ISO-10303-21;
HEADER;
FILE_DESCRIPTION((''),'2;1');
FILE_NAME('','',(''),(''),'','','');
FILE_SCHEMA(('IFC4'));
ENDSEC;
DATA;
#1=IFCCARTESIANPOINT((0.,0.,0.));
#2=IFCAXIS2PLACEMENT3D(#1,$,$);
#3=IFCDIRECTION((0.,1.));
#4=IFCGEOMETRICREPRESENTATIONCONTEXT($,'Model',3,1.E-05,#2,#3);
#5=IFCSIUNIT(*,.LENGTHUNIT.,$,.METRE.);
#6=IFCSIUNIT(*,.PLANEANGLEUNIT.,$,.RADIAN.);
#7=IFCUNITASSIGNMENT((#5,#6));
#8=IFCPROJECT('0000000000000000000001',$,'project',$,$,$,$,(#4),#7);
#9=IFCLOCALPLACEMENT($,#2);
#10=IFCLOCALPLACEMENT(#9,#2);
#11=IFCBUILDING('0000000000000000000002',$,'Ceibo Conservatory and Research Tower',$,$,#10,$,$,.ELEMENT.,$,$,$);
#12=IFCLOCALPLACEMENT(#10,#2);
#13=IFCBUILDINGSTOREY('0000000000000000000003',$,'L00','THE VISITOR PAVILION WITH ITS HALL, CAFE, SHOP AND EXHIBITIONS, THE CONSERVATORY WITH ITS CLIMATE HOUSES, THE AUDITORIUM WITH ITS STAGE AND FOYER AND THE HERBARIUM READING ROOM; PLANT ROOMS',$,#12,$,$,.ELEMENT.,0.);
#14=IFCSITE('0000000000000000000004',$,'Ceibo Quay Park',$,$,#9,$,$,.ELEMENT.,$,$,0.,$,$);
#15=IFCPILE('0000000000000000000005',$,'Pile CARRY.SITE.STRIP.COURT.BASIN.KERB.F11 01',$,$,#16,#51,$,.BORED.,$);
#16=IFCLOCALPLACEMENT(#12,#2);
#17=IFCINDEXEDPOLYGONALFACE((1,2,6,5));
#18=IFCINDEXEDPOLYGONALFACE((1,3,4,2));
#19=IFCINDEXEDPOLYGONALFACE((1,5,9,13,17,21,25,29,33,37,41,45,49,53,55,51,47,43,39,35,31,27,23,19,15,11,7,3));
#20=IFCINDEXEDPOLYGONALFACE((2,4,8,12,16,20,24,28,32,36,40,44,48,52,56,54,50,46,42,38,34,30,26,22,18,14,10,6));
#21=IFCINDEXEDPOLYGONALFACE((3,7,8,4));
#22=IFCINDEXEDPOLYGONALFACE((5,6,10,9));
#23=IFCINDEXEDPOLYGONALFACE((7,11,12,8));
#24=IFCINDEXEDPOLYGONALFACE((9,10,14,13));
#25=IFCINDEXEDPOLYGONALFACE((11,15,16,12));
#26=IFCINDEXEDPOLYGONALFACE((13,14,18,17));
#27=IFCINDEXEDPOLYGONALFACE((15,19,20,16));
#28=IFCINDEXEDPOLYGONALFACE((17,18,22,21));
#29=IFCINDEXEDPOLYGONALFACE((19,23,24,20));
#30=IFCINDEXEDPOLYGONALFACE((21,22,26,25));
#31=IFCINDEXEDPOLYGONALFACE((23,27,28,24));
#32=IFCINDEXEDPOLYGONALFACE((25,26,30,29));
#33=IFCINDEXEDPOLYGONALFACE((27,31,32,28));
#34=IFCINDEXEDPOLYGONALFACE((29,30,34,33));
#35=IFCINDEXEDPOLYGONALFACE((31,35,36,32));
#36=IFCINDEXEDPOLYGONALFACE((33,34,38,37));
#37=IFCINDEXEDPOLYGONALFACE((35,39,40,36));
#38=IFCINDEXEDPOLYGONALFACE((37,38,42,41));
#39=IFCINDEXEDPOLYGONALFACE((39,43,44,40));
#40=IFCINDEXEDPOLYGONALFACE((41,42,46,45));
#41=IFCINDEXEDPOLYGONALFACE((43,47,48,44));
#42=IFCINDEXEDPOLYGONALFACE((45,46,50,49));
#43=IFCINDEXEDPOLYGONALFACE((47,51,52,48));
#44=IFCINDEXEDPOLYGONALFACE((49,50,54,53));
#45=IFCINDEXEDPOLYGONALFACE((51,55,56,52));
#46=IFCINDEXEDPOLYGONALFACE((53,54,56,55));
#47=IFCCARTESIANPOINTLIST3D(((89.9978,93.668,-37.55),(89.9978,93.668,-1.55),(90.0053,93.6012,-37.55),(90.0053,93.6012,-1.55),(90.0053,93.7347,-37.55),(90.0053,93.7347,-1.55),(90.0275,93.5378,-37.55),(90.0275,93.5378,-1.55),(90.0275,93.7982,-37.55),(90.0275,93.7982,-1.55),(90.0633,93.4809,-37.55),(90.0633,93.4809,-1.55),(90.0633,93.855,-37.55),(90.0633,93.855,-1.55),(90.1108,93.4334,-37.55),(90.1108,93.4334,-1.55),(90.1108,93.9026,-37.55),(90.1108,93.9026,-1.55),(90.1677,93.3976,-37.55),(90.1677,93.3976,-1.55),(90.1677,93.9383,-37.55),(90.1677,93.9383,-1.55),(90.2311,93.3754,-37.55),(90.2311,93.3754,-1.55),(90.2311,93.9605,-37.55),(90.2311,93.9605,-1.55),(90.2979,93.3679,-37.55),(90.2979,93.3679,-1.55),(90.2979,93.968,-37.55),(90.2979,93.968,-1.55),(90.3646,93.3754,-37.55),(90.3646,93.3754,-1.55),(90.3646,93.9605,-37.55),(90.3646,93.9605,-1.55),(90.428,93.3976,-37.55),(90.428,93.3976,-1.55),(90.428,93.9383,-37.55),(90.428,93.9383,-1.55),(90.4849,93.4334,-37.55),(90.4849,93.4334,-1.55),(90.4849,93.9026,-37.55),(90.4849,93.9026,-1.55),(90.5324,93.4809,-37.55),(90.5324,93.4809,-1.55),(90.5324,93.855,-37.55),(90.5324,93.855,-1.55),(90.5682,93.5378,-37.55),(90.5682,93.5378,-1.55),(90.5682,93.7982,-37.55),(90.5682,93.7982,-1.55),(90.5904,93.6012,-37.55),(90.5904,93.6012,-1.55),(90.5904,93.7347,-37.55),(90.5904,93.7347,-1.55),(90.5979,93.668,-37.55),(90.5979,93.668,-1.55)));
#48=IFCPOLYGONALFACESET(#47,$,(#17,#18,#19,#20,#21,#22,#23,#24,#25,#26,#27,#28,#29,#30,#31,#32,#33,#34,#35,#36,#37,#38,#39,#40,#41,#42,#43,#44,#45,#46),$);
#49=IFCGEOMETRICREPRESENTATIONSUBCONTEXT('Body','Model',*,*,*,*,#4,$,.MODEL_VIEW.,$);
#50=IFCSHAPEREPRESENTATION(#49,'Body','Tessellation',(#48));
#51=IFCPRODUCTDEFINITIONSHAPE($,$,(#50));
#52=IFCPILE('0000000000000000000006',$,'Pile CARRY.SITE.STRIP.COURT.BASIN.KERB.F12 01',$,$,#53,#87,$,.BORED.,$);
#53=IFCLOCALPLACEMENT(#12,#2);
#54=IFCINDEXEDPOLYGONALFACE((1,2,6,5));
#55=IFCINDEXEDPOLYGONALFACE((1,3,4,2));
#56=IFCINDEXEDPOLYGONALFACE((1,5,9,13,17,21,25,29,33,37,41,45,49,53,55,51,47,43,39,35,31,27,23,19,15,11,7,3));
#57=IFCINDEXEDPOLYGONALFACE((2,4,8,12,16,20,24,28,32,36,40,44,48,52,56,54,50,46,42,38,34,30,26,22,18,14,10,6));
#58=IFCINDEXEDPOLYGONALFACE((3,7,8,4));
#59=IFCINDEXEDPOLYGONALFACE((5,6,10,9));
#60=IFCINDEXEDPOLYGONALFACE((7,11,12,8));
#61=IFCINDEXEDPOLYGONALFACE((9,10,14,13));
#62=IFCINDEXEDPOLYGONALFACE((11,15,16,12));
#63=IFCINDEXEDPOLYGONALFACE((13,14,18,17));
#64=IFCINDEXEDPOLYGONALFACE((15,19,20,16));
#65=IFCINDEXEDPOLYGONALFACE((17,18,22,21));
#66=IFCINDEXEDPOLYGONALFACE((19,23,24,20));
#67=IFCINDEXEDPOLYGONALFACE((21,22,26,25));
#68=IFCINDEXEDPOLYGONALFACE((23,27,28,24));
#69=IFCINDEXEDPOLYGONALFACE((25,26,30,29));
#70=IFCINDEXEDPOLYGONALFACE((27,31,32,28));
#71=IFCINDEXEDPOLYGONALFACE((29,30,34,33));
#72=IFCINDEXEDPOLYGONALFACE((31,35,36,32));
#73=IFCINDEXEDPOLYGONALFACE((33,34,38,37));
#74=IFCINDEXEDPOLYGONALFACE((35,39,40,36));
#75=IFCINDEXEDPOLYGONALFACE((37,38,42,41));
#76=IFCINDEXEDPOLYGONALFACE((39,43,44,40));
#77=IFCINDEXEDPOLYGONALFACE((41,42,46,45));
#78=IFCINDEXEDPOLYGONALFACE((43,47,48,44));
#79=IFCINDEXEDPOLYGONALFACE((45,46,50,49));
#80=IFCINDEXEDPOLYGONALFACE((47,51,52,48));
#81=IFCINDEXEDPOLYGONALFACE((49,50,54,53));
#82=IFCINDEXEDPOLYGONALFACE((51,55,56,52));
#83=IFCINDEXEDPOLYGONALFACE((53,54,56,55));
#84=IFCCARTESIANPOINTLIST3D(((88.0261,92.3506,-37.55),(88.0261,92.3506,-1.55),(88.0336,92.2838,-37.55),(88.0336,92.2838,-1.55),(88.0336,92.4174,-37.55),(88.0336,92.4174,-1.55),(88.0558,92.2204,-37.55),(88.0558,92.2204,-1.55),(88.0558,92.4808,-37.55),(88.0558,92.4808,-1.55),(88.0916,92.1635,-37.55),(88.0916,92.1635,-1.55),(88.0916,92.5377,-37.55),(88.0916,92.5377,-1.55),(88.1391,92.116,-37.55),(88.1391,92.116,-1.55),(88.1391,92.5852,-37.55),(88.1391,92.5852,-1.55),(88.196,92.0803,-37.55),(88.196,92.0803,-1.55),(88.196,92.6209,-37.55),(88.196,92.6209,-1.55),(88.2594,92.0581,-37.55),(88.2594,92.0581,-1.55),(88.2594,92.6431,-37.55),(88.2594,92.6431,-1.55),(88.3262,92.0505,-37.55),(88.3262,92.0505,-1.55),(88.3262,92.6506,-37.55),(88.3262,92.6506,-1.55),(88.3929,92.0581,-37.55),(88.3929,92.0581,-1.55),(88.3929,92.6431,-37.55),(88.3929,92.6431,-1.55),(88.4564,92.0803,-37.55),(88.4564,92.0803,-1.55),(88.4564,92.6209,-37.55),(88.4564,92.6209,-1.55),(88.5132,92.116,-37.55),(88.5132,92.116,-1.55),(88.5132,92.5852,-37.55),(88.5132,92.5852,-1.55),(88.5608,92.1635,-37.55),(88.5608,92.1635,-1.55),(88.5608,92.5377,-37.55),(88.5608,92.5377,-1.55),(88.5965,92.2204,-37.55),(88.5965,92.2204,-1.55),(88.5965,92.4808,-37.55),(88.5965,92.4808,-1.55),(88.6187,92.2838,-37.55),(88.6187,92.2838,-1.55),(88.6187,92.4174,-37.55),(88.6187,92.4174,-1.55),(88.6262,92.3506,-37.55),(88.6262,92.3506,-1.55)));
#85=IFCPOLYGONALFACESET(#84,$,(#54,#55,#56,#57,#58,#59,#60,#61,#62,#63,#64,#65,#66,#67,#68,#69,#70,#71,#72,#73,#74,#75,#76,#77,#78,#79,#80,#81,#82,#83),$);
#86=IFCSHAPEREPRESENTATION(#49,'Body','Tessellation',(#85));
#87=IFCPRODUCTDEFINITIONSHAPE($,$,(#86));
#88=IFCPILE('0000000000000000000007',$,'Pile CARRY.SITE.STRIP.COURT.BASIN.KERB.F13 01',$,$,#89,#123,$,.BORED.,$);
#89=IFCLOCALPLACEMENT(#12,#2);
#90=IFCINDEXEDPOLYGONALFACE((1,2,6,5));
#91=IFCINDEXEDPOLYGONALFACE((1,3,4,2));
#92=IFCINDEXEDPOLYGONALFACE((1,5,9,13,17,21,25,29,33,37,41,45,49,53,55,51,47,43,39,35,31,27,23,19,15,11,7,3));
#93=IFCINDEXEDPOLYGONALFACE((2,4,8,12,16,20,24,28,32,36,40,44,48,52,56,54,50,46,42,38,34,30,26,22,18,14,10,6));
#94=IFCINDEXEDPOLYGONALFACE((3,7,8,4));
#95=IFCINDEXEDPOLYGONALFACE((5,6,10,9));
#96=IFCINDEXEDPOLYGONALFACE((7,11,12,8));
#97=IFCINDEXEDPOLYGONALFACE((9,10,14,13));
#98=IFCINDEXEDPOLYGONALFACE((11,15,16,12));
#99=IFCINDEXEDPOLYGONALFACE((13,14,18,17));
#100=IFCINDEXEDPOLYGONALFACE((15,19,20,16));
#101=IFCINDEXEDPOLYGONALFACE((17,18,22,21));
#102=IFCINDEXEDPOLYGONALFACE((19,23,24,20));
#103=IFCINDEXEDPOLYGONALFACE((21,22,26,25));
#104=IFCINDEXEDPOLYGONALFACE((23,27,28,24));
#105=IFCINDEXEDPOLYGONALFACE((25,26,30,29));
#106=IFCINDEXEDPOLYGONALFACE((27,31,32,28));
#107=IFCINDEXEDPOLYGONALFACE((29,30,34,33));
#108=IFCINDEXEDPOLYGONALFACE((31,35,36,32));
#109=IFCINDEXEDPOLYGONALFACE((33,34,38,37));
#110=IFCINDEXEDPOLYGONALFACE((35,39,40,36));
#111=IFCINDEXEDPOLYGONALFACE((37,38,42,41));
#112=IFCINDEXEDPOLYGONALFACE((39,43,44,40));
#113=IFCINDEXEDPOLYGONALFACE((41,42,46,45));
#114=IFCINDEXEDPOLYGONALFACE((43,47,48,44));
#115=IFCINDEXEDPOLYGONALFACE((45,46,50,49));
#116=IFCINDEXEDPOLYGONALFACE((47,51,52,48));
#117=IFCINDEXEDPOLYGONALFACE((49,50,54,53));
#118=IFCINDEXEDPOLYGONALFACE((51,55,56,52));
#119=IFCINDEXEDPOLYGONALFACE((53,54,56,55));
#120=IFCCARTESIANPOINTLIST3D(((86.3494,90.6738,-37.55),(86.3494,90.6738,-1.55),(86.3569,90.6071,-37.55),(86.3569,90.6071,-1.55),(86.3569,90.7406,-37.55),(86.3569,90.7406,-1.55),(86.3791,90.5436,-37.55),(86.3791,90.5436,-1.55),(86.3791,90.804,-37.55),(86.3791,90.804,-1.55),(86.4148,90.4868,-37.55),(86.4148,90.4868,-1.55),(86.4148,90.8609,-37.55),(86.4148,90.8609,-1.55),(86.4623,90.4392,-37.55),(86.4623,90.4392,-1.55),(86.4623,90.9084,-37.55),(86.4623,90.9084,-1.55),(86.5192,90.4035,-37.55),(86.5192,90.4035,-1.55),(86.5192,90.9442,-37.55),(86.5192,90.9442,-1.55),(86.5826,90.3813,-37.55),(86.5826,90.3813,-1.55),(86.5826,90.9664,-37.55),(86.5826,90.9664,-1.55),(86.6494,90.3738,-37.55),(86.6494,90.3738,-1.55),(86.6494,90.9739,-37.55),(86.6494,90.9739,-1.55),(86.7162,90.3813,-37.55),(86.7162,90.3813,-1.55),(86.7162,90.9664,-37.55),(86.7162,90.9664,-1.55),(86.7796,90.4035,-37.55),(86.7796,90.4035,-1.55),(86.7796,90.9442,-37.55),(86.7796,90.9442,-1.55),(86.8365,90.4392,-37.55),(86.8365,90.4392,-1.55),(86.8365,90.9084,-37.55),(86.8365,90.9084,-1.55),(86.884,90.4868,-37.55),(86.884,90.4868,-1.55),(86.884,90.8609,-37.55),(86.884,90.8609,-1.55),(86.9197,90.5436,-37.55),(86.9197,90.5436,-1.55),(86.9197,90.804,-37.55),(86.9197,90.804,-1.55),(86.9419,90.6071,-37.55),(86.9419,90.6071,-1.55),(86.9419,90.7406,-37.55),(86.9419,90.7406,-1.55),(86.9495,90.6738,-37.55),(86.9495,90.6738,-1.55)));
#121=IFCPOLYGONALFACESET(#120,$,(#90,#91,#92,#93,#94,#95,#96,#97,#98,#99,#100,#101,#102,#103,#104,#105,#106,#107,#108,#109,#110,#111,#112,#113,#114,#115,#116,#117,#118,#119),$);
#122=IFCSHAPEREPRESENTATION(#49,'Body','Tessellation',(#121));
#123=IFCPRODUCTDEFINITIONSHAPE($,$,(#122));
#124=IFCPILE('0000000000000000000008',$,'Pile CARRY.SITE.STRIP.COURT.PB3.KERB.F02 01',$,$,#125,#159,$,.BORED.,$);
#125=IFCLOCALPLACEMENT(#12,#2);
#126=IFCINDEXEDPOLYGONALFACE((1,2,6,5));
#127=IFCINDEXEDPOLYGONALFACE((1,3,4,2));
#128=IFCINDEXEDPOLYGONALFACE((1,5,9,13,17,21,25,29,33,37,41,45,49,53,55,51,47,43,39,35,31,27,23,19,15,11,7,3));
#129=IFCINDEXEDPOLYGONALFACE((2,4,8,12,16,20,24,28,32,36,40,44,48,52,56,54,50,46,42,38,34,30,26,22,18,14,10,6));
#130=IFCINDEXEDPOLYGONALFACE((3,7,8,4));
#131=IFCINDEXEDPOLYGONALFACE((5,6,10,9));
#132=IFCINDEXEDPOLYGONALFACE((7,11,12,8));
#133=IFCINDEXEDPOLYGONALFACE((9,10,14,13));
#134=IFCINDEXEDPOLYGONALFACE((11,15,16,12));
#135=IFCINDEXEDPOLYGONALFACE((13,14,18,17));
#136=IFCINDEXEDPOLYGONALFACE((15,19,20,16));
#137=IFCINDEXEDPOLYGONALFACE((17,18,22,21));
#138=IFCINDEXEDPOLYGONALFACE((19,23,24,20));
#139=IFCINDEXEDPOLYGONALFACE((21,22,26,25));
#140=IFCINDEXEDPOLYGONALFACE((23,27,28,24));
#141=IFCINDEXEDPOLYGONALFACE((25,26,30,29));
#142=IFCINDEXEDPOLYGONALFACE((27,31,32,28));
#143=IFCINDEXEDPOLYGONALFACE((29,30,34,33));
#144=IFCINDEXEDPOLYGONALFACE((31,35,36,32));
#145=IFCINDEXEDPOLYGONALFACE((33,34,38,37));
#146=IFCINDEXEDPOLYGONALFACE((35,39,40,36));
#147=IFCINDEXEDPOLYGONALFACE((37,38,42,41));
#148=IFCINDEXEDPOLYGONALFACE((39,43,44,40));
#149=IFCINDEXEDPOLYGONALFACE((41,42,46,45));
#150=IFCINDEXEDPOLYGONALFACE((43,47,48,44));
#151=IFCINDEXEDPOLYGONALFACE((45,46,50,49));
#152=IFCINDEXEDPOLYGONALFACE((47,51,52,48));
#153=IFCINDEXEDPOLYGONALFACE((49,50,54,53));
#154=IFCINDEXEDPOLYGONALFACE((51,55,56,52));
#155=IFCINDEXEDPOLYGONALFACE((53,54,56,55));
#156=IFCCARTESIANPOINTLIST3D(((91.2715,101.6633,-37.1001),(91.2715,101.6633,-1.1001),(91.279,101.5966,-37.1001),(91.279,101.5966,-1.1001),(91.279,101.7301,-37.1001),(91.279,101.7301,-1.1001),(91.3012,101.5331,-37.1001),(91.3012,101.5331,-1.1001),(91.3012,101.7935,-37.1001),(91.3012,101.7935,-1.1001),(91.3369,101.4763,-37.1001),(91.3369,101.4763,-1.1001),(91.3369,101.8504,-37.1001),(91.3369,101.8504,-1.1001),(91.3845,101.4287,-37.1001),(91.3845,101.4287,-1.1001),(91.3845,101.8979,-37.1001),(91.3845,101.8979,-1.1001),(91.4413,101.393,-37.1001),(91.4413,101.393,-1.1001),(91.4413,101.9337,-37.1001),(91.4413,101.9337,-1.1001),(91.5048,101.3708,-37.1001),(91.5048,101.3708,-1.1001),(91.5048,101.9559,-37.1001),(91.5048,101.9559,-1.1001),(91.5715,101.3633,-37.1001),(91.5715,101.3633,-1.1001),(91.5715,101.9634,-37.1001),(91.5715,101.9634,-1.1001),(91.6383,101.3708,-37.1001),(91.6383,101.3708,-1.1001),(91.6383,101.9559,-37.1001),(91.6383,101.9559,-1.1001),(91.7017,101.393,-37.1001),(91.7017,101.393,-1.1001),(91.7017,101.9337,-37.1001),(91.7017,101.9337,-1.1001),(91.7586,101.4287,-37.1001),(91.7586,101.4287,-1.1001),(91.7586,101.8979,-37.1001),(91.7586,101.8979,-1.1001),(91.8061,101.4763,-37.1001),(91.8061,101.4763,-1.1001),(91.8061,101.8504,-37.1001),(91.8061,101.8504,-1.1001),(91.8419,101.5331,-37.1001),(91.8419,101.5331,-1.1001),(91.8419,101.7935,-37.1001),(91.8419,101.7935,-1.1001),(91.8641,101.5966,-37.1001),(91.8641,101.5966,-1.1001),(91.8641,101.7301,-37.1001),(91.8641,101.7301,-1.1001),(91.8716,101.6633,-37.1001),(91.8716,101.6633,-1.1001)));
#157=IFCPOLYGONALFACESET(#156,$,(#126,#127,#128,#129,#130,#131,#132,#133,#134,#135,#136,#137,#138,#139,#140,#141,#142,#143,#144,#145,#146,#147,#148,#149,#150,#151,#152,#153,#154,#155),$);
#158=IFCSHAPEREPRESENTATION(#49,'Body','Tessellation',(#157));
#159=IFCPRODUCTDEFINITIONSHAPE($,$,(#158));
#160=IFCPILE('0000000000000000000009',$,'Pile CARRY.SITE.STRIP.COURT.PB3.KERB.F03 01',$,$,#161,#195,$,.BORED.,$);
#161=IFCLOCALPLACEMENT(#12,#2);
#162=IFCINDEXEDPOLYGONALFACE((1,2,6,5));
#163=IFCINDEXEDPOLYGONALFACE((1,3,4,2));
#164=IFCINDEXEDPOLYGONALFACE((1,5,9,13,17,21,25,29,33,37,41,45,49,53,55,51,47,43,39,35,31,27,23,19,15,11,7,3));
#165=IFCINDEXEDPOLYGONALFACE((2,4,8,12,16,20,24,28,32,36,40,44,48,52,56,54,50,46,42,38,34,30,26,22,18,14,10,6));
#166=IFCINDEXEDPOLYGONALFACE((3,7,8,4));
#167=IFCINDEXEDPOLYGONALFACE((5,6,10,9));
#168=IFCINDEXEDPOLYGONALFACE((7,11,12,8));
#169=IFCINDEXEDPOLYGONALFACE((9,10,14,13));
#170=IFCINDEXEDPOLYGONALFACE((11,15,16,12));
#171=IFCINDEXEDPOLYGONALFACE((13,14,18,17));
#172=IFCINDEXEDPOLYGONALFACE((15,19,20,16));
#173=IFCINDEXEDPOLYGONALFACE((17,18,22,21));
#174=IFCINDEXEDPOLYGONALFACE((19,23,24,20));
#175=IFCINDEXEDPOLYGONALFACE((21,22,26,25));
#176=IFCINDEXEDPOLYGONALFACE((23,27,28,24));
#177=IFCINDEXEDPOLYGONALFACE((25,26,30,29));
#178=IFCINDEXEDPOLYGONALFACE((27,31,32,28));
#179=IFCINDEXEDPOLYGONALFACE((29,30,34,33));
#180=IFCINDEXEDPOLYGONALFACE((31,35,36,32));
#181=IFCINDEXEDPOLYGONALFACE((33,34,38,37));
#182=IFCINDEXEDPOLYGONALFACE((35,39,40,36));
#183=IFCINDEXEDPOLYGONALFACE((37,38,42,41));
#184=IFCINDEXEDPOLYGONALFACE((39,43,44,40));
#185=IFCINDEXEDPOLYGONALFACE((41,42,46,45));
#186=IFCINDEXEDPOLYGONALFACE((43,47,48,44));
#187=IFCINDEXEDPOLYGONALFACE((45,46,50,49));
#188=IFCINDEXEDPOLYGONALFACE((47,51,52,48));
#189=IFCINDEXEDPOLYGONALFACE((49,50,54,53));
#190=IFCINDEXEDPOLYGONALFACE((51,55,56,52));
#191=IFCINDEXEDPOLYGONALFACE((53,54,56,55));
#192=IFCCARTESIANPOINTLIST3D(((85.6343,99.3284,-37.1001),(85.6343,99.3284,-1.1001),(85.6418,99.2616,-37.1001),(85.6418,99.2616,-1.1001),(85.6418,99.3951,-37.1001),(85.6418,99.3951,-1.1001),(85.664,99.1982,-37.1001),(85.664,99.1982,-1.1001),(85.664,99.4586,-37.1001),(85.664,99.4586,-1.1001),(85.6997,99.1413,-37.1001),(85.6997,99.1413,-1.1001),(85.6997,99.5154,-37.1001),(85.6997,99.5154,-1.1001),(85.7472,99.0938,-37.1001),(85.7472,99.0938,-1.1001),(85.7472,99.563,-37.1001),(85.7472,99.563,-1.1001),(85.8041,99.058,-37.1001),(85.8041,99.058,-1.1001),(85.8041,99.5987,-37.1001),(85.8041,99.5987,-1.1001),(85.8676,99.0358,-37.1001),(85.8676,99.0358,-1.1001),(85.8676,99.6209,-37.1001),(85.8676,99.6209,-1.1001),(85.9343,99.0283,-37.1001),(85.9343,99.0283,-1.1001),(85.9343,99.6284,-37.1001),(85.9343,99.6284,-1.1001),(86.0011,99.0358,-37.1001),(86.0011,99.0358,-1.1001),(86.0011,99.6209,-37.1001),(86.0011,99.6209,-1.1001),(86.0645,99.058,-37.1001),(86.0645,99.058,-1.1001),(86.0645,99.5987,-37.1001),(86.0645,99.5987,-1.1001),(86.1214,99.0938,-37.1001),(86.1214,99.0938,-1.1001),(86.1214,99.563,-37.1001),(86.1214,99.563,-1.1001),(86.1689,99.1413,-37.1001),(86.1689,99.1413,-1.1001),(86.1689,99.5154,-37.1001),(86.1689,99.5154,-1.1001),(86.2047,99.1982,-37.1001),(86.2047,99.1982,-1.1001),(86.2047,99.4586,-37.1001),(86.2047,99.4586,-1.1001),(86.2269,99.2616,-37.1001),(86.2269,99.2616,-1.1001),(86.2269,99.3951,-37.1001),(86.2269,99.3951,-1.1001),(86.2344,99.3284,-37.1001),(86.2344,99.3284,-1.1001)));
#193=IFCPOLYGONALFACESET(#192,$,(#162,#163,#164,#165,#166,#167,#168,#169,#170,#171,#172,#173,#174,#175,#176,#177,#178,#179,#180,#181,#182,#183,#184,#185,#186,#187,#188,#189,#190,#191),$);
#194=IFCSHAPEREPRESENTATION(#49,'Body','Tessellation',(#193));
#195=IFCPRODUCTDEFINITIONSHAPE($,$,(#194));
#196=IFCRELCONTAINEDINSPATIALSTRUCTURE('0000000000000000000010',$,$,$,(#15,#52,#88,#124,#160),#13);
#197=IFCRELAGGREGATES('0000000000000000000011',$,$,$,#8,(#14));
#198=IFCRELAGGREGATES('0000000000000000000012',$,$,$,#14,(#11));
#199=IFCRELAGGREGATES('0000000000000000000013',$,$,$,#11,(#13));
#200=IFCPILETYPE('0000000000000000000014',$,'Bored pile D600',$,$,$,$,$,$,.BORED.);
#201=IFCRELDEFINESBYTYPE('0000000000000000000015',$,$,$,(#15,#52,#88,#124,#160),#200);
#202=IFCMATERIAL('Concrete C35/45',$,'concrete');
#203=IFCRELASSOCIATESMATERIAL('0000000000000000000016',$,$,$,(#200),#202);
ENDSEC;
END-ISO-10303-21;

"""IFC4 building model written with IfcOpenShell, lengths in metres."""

from ifc_helpers import new_model, si_unit, direction, frame, origin, origin_2d, place, context, subcontext, project, spatial, circle, extrude, material, material_profile, profile_set, type_object, element, save


model = new_model("IFC4")

# Units and contexts
model_context = context("Model", 3, precision=1e-05, world=origin(), true_north=direction((0.0, 1.0)))
body_context = subcontext(model_context, "Body", "Model", "MODEL_VIEW")
ifc_project = project(units=[si_unit("LENGTHUNIT", "METRE"), si_unit("PLANEANGLEUNIT", "RADIAN")], contexts=[model_context])

# Site, building, storey
site_placement = place(None, origin())
site = spatial("IfcSite", under=ifc_project, at=site_placement, Name="Ceibo Quay Park", CompositionType="ELEMENT", RefElevation=0.0)
building_placement = place(site_placement, origin())
building = spatial("IfcBuilding", under=site, at=building_placement, Name="Ceibo Conservatory and Research Tower", CompositionType="ELEMENT")
storey_placement = place(building_placement, origin())
storey = spatial("IfcBuildingStorey", under=building, at=storey_placement, Name="L00", Description="THE VISITOR PAVILION WITH ITS HALL, CAFE, SHOP AND EXHIBITIONS, THE CONSERVATORY WITH ITS CLIMATE HOUSES, THE AUDITORIUM WITH ITS STAGE AND FOYER AND THE HERBARIUM READING ROOM; PLANT ROOMS", CompositionType="ELEMENT", Elevation=0.0)

# Piles
ifc_material_1 = material(Name="Concrete C35/45", Category="concrete")
ifc_material_profile_1 = material_profile(ifc_material_1, circle(Radius=0.3, at=origin_2d()), Name="RC D600")
ifc_profile_set_1 = profile_set([ifc_material_profile_1], Name="Concrete C35/45")
pile_type = type_object("IfcPileType", Name="Bored pile D600", PredefinedType="BORED", material=ifc_profile_set_1)
for number, where, z_axis, x_axis, name in (
    (1, (90.2979, 93.668, -1.55), (0.0, 0.0, -1.0), (1.0, 0.0, 0.0), "Pile CARRY.SITE.STRIP.COURT.BASIN.KERB.F11 01"),
    (2, (88.3262, 92.3506, -1.55), (0.0, 0.0, -1.0), (1.0, 0.0, 0.0), "Pile CARRY.SITE.STRIP.COURT.BASIN.KERB.F12 01"),
    (3, (86.6494, 90.6738, -1.55), (0.0, 0.0, -1.0), (1.0, 0.0, 0.0), "Pile CARRY.SITE.STRIP.COURT.BASIN.KERB.F13 01"),
    (4, (91.5715, 101.6633, -1.1001), (0.0, 0.0, -1.0), (1.0, 0.0, 0.0), "Pile CARRY.SITE.STRIP.COURT.PB3.KERB.F02 01"),
    (5, (85.9343, 99.3284, -1.1001), (0.0, 0.0, -1.0), (1.0, 0.0, 0.0), "Pile CARRY.SITE.STRIP.COURT.PB3.KERB.F03 01"),
):
    element("IfcPile", number, at=place(storey_placement, frame(where, z_axis=z_axis, x_axis=x_axis)), inside=storey, type_object=pile_type, Name=name, PredefinedType="BORED", context=body_context, shape_type="SweptSolid", body=[
        extrude(circle(Radius=0.3, at=origin_2d()), origin(), (0.0, 0.0, 1.0), 36.0),
    ])

save(model, "model.ifc")
